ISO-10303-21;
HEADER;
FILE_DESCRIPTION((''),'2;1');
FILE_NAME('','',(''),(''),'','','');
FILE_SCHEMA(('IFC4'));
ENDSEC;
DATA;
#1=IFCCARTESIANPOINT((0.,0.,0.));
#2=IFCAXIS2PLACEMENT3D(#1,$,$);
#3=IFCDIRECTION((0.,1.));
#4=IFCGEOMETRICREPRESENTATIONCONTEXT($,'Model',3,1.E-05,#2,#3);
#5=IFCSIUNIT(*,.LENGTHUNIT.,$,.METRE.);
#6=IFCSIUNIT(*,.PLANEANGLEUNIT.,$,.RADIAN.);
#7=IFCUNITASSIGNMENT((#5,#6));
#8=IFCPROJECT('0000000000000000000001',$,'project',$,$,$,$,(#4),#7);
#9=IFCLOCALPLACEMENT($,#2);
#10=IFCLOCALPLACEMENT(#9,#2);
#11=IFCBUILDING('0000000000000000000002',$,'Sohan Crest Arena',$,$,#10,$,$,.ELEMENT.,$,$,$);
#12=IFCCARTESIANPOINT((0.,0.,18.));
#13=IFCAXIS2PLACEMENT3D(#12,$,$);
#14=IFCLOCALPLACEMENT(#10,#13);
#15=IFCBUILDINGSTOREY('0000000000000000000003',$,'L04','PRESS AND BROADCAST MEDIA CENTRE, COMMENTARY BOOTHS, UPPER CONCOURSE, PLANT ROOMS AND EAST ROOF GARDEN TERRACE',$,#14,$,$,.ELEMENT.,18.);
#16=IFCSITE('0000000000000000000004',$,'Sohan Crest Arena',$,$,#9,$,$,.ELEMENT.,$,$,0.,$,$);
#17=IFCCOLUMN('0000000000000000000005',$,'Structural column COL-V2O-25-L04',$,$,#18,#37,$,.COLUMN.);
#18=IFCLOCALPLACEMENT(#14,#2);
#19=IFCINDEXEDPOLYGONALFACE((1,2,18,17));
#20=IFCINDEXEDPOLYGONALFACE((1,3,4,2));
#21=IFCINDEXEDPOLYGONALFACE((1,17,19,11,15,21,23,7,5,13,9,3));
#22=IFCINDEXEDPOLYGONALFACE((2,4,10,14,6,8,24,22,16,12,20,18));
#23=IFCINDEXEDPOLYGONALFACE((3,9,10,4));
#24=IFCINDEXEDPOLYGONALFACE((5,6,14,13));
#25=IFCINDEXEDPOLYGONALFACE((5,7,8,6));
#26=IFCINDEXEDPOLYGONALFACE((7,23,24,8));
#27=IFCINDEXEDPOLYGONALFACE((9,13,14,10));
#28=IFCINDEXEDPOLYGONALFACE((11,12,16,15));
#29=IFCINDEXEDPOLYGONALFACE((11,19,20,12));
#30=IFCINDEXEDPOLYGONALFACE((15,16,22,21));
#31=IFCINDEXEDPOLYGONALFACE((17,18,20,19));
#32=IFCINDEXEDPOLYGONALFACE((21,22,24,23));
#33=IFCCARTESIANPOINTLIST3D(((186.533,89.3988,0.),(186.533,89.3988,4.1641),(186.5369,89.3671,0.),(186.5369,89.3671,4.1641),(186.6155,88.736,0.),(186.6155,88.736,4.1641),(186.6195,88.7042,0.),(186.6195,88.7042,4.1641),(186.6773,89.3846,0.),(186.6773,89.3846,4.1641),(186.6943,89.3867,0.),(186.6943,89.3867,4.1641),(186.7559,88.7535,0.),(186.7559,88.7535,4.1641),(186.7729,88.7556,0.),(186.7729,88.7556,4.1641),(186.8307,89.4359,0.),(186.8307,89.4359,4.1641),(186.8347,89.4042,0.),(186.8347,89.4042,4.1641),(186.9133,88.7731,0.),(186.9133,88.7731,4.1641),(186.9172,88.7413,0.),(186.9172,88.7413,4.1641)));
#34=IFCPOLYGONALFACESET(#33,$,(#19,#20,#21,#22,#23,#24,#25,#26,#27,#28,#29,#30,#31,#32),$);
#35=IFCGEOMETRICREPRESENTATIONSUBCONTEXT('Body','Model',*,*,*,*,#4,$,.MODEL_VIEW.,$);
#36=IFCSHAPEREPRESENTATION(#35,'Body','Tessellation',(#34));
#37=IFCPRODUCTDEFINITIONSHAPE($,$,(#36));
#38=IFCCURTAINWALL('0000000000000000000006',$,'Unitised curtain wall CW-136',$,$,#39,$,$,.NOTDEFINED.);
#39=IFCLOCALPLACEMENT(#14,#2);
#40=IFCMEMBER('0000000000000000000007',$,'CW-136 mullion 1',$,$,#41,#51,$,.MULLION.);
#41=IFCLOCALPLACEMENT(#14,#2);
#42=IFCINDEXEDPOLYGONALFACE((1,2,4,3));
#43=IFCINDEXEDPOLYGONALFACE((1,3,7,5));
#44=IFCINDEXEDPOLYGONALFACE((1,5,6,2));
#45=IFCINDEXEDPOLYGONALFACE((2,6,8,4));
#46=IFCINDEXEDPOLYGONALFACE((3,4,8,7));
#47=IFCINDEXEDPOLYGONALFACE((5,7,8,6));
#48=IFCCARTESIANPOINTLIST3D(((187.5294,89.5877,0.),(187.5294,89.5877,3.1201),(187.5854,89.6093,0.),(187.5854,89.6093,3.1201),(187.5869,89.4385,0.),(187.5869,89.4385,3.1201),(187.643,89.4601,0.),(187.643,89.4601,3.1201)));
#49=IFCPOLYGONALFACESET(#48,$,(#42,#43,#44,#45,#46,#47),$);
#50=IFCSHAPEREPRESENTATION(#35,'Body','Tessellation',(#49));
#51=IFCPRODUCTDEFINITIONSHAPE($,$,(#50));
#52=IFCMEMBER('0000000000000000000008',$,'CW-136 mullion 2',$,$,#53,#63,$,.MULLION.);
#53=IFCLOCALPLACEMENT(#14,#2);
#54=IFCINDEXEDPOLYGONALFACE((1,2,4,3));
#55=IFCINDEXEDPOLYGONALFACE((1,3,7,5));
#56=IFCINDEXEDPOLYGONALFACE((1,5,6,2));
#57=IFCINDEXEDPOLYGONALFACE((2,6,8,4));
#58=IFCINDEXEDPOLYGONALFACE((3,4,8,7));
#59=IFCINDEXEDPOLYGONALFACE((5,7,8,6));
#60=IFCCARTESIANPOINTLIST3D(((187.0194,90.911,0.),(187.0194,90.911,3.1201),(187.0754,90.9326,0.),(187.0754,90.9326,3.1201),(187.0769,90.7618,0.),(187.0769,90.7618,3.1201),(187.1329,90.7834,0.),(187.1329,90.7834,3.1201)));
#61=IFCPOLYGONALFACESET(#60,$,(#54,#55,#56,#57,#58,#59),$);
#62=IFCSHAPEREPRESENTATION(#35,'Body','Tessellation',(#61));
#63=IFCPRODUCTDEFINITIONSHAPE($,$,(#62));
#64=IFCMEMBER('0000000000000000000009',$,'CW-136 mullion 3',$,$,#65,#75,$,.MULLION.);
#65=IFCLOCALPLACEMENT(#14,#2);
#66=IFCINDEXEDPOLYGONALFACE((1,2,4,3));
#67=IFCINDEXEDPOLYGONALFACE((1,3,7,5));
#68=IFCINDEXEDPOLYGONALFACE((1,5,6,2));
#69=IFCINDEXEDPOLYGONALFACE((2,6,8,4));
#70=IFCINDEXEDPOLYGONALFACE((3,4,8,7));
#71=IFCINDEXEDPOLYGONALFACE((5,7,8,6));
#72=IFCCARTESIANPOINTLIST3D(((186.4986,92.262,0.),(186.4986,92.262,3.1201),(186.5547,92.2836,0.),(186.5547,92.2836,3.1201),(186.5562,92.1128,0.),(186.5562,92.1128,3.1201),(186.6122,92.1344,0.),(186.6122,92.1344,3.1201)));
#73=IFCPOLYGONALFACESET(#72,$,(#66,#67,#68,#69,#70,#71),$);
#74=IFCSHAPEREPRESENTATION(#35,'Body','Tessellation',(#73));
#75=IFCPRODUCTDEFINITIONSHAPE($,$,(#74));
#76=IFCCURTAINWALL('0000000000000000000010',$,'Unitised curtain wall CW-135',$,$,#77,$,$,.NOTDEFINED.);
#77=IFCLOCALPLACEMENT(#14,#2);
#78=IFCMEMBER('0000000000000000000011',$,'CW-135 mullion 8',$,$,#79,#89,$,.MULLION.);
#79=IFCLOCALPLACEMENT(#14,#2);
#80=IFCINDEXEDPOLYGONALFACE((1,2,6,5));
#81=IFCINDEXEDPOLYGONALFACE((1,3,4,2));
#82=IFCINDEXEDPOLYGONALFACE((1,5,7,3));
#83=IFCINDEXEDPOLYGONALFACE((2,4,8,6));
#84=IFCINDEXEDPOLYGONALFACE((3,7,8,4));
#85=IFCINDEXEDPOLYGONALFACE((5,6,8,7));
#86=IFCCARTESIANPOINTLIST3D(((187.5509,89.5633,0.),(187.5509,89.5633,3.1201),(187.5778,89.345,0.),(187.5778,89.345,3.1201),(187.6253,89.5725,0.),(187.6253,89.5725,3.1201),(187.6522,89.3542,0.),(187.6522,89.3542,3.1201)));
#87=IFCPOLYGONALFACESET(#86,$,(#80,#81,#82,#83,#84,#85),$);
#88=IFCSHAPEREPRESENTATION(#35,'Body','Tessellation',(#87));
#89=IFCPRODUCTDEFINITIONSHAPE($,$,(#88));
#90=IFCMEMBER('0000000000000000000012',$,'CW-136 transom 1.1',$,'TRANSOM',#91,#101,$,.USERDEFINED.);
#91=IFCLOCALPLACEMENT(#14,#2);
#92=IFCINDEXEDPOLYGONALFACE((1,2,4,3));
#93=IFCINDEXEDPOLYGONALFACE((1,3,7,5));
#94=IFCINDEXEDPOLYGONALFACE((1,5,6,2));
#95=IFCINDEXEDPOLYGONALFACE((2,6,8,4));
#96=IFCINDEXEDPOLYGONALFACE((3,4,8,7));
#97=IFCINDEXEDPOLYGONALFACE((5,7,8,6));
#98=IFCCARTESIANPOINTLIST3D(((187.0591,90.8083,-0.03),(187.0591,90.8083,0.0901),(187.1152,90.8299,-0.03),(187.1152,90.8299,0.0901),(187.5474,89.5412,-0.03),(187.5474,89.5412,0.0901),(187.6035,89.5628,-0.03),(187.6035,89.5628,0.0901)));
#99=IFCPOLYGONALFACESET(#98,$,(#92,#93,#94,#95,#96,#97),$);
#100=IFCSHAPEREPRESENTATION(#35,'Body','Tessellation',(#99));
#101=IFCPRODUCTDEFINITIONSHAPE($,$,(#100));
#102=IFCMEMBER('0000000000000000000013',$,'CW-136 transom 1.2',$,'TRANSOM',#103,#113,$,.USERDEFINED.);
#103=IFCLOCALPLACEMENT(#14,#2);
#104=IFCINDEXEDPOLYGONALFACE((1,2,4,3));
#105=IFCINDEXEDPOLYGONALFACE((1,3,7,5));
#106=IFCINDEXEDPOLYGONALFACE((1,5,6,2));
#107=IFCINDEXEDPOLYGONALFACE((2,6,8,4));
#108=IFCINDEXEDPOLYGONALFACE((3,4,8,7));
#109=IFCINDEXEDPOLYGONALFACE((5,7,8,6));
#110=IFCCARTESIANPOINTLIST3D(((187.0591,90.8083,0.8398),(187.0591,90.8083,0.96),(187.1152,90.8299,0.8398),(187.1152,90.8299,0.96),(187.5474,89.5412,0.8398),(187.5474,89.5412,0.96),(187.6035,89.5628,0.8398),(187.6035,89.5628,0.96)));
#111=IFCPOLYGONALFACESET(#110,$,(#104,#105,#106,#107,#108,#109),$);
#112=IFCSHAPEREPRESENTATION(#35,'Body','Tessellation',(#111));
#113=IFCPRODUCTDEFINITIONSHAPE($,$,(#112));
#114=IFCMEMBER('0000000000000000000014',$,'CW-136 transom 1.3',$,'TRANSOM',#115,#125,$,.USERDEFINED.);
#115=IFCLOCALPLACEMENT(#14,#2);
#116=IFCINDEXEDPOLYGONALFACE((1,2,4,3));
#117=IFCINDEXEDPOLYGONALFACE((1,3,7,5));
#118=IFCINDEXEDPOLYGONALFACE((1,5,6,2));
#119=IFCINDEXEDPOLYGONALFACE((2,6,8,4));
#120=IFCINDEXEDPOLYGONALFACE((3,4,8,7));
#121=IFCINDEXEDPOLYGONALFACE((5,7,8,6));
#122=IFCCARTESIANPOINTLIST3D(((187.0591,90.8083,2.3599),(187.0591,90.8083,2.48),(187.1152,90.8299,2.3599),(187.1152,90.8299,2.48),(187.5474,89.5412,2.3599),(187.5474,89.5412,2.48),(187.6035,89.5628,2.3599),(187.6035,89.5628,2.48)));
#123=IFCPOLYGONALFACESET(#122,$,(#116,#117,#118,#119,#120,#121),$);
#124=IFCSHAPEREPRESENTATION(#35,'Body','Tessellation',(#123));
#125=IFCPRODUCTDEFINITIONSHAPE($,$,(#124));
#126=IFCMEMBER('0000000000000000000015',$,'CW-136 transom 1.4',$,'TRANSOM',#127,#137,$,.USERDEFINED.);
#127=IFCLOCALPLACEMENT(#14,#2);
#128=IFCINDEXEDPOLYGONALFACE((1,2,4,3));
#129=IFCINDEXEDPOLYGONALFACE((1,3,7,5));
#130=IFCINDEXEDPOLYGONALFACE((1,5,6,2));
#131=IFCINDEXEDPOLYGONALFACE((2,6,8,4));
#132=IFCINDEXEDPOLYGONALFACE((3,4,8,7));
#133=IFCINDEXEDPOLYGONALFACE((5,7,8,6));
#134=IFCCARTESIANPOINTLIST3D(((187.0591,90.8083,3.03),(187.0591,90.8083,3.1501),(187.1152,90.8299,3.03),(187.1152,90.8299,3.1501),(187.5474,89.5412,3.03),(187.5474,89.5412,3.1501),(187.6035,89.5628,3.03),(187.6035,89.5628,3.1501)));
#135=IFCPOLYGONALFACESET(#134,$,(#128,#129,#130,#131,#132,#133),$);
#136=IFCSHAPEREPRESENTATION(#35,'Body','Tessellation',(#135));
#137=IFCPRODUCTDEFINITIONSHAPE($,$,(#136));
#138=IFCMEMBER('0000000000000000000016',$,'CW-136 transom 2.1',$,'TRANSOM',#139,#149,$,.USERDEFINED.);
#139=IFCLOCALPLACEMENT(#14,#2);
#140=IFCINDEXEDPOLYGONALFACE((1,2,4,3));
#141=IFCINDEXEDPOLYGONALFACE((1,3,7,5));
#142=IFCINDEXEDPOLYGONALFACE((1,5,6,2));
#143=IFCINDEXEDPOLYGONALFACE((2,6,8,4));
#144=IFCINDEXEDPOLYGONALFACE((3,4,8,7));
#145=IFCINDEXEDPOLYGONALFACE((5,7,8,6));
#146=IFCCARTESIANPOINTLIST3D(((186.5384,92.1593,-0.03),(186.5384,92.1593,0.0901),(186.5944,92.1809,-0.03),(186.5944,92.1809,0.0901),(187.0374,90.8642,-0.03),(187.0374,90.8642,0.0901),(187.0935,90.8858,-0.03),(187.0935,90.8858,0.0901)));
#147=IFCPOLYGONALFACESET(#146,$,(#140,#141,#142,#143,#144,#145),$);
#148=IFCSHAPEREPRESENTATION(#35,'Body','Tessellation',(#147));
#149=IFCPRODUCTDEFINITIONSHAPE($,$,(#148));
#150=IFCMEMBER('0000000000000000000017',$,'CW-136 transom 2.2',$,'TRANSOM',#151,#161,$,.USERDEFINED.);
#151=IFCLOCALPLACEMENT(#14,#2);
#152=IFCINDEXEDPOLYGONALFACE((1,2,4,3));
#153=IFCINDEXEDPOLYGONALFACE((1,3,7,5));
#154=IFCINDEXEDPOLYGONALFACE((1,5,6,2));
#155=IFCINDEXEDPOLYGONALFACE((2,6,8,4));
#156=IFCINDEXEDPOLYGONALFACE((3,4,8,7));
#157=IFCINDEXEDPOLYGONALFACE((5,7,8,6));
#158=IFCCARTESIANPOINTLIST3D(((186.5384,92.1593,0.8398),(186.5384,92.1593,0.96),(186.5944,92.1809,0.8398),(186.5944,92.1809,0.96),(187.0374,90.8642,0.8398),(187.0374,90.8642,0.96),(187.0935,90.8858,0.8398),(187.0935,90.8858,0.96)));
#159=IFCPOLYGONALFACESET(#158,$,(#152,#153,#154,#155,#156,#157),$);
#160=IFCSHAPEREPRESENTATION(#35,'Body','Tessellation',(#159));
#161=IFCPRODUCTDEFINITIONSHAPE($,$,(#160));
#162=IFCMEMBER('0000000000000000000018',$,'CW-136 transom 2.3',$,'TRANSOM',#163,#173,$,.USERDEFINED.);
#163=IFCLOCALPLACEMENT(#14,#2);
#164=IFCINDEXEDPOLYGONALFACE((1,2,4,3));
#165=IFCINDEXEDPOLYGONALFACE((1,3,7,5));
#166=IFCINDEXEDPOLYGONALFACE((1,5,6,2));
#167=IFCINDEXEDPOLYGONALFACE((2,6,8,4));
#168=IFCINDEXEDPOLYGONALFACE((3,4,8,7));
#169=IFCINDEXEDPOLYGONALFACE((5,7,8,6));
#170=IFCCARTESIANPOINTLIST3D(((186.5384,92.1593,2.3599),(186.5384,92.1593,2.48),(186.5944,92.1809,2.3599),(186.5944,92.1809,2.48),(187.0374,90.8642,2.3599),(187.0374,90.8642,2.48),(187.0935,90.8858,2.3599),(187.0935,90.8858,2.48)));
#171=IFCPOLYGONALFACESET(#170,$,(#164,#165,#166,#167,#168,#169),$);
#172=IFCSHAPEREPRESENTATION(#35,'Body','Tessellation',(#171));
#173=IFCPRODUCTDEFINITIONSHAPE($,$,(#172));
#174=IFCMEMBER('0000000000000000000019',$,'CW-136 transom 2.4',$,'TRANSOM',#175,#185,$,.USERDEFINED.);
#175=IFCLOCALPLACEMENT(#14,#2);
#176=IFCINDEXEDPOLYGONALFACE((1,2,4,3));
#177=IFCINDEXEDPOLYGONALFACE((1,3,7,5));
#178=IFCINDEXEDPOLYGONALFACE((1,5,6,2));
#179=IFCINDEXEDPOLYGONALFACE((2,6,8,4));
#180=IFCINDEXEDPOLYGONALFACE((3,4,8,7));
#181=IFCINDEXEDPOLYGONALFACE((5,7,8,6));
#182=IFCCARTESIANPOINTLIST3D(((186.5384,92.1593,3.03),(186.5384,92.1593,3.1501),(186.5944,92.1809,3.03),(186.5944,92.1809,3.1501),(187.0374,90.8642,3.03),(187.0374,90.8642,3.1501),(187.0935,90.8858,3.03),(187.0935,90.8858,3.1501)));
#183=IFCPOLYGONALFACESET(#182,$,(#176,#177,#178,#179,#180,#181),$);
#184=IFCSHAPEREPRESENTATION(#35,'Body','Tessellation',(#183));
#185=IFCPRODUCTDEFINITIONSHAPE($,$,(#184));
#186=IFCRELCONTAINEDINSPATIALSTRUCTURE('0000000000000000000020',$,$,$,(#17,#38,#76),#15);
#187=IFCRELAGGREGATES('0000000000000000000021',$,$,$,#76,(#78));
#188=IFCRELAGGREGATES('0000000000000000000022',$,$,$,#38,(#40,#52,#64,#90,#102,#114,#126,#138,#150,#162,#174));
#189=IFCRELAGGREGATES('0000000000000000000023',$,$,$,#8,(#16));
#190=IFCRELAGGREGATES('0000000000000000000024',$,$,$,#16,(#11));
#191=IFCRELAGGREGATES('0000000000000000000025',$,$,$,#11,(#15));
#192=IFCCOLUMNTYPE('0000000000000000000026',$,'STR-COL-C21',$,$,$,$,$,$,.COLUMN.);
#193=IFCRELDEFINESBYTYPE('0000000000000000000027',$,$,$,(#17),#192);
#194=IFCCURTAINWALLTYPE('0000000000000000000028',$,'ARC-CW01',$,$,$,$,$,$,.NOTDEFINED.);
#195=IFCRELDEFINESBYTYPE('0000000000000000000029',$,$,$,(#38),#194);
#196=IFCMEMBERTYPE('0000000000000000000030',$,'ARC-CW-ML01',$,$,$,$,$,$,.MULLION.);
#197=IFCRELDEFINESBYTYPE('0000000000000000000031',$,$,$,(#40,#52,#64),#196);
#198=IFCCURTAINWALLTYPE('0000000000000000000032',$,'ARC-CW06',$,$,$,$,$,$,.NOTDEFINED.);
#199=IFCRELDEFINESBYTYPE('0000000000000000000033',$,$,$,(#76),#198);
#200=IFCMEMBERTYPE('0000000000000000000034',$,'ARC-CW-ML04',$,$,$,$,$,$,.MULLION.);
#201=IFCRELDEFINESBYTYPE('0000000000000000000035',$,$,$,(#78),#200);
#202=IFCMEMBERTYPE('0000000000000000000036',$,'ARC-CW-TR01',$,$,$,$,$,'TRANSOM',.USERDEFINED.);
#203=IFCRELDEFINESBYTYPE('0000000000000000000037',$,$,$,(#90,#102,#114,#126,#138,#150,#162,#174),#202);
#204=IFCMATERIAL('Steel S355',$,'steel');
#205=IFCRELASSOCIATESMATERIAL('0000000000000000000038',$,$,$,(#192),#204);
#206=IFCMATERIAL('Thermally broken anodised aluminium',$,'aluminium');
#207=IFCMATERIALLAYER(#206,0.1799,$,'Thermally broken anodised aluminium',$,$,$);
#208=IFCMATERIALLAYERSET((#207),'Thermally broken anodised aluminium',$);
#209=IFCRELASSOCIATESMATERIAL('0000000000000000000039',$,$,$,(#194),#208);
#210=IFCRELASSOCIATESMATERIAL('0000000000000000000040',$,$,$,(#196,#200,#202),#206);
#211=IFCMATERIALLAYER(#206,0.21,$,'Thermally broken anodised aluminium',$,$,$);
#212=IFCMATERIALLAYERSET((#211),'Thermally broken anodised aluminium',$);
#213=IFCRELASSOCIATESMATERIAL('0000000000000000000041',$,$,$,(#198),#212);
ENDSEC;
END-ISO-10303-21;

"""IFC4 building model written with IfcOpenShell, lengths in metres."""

from ifc_helpers import new_model, si_unit, direction, frame, origin, origin_2d, place, context, subcontext, project, spatial, rectangle, i_section, extrude, material, layer, layer_set, material_profile, profile_set, type_object, element, aggregate, save


model = new_model("IFC4")

# Units and contexts
model_context = context("Model", 3, precision=1e-05, world=origin(), true_north=direction((0.0, 1.0)))
body_context = subcontext(model_context, "Body", "Model", "MODEL_VIEW")
ifc_project = project(units=[si_unit("LENGTHUNIT", "METRE"), si_unit("PLANEANGLEUNIT", "RADIAN")], contexts=[model_context])

# Site, building, storey
site_placement = place(None, origin())
site = spatial("IfcSite", under=ifc_project, at=site_placement, Name="Sohan Crest Arena", CompositionType="ELEMENT", RefElevation=0.0)
building_placement = place(site_placement, origin())
building = spatial("IfcBuilding", under=site, at=building_placement, Name="Sohan Crest Arena", CompositionType="ELEMENT")
storey_placement = place(building_placement, frame((0.0, 0.0, 18.0)))
storey = spatial("IfcBuildingStorey", under=building, at=storey_placement, Name="L04", Description="PRESS AND BROADCAST MEDIA CENTRE, COMMENTARY BOOTHS, UPPER CONCOURSE, PLANT ROOMS AND EAST ROOF GARDEN TERRACE", CompositionType="ELEMENT", Elevation=18.0)

# Column
ifc_material_1 = material(Name="Steel S355", Category="steel")
ifc_material_profile_1 = material_profile(ifc_material_1, i_section(OverallWidth=0.3, OverallDepth=0.7, WebThickness=0.0171, FlangeThickness=0.032, at=origin_2d()), Name="HEB 700")
ifc_profile_set_1 = profile_set([ifc_material_profile_1], Name="Steel S355")
column_type = type_object("IfcColumnType", Name="STR-COL-C21", PredefinedType="COLUMN", material=ifc_profile_set_1)
column_placement = place(storey_placement, frame((186.7251, 89.0701, 0.0), z_axis=(0.0, 0.0, 1.0), x_axis=(0.992332, 0.123601, 0.0)))
element("IfcColumn", 1, at=column_placement, inside=storey, type_object=column_type, Name="Structural column COL-V2O-25-L04", PredefinedType="COLUMN", context=body_context, shape_type="SweptSolid", body=[
    extrude(i_section(OverallWidth=0.3, OverallDepth=0.7, WebThickness=0.0171, FlangeThickness=0.032, at=origin_2d()), origin(), (0.0, 0.0, 1.0), 4.1641),
])

# Curtain wall, members
ifc_material_2 = material(Name="Thermally broken anodised aluminium", Category="aluminium")
ifc_layer_1 = layer(ifc_material_2, 0.1799, Name="Thermally broken anodised aluminium")
ifc_layer_set_1 = layer_set([ifc_layer_1], Name="Thermally broken anodised aluminium")
curtain_wall_type_1 = type_object("IfcCurtainWallType", Name="ARC-CW01", PredefinedType="NOTDEFINED", material=ifc_layer_set_1)
curtain_wall_1_placement = place(storey_placement, origin())
curtain_wall_1 = element("IfcCurtainWall", 2, at=curtain_wall_1_placement, inside=storey, type_object=curtain_wall_type_1, Name="Unitised curtain wall CW-136", PredefinedType="NOTDEFINED")
ifc_material_profile_2 = material_profile(ifc_material_2, rectangle(XDim=0.0601, YDim=0.1599, at=origin_2d()), Name="ALU-MULL 60x160")
ifc_profile_set_2 = profile_set([ifc_material_profile_2], Name="Thermally broken anodised aluminium")
member_type_1 = type_object("IfcMemberType", Name="ARC-CW-ML01", PredefinedType="MULLION", material=ifc_profile_set_2)
member_1_placement = place(storey_placement, frame((187.5862, 89.5239, 0.0), z_axis=(0.0, 0.0, 1.0), x_axis=(-0.933094, -0.359633, 0.0)))
member_1 = element("IfcMember", 3, at=member_1_placement, type_object=member_type_1, Name="CW-136 mullion 1", PredefinedType="MULLION", context=body_context, shape_type="SweptSolid", body=[
    extrude(rectangle(XDim=0.0601, YDim=0.1599, at=origin_2d()), origin(), (0.0, 0.0, 1.0), 3.1201),
])
member_2_placement = place(storey_placement, frame((187.0762, 90.8472, 0.0), z_axis=(0.0, 0.0, 1.0), x_axis=(-0.933094, -0.359633, 0.0)))
member_2 = element("IfcMember", 4, at=member_2_placement, type_object=member_type_1, Name="CW-136 mullion 2", PredefinedType="MULLION", context=body_context, shape_type="SweptSolid", body=[
    extrude(rectangle(XDim=0.0601, YDim=0.1599, at=origin_2d()), origin(), (0.0, 0.0, 1.0), 3.1201),
])
member_3_placement = place(storey_placement, frame((186.5554, 92.1982, 0.0), z_axis=(0.0, 0.0, 1.0), x_axis=(-0.933094, -0.359633, 0.0)))
member_3 = element("IfcMember", 5, at=member_3_placement, type_object=member_type_1, Name="CW-136 mullion 3", PredefinedType="MULLION", context=body_context, shape_type="SweptSolid", body=[
    extrude(rectangle(XDim=0.0601, YDim=0.1599, at=origin_2d()), origin(), (0.0, 0.0, 1.0), 3.1201),
])

# Curtain wall, member
ifc_layer_2 = layer(ifc_material_2, 0.21, Name="Thermally broken anodised aluminium")
ifc_layer_set_2 = layer_set([ifc_layer_2], Name="Thermally broken anodised aluminium")
curtain_wall_type_2 = type_object("IfcCurtainWallType", Name="ARC-CW06", PredefinedType="NOTDEFINED", material=ifc_layer_set_2)
curtain_wall_2_placement = place(storey_placement, origin())
curtain_wall_2 = element("IfcCurtainWall", 6, at=curtain_wall_2_placement, inside=storey, type_object=curtain_wall_type_2, Name="Unitised curtain wall CW-135", PredefinedType="NOTDEFINED")
ifc_material_profile_3 = material_profile(ifc_material_2, rectangle(XDim=0.075, YDim=0.22, at=origin_2d()), Name="ALU-MULL 75x220")
ifc_profile_set_3 = profile_set([ifc_material_profile_3], Name="Thermally broken anodised aluminium")
member_type_2 = type_object("IfcMemberType", Name="ARC-CW-ML04", PredefinedType="MULLION", material=ifc_profile_set_3)
member_4_placement = place(storey_placement, frame((187.6016, 89.4587, 0.0), z_axis=(0.0, 0.0, 1.0), x_axis=(-0.992489, -0.122334, 0.0)))
member_4 = element("IfcMember", 7, at=member_4_placement, type_object=member_type_2, Name="CW-135 mullion 8", PredefinedType="MULLION", context=body_context, shape_type="SweptSolid", body=[
    extrude(rectangle(XDim=0.075, YDim=0.22, at=origin_2d()), origin(), (0.0, 0.0, 1.0), 3.1201),
])
aggregate(curtain_wall_2, [member_4])

# Members
ifc_material_profile_4 = material_profile(ifc_material_2, rectangle(XDim=0.0601, YDim=0.1201, at=origin_2d()), Name="ALU-TRAN 60x120")
ifc_profile_set_4 = profile_set([ifc_material_profile_4], Name="Thermally broken anodised aluminium")
member_type_3 = type_object("IfcMemberType", Name="ARC-CW-TR01", ElementType="TRANSOM", PredefinedType="USERDEFINED", material=ifc_profile_set_4)
member_5_placement = place(storey_placement, frame((187.5754, 89.552, 0.03), z_axis=(-0.359581, 0.933114, 0.0), x_axis=(-0.933114, -0.359581, 0.0)))
member_5 = element("IfcMember", 8, at=member_5_placement, type_object=member_type_3, Name="CW-136 transom 1.1", ObjectType="TRANSOM", PredefinedType="USERDEFINED", context=body_context, shape_type="SweptSolid", body=[
    extrude(rectangle(XDim=0.0601, YDim=0.1201, at=origin_2d()), origin(), (0.0, 0.0, 1.0), 1.3579),
])
member_6_placement = place(storey_placement, frame((187.5754, 89.552, 0.8999), z_axis=(-0.359581, 0.933114, 0.0), x_axis=(-0.933114, -0.359581, 0.0)))
member_6 = element("IfcMember", 9, at=member_6_placement, type_object=member_type_3, Name="CW-136 transom 1.2", ObjectType="TRANSOM", PredefinedType="USERDEFINED", context=body_context, shape_type="SweptSolid", body=[
    extrude(rectangle(XDim=0.0601, YDim=0.1201, at=origin_2d()), origin(), (0.0, 0.0, 1.0), 1.3579),
])
member_7_placement = place(storey_placement, frame((187.5754, 89.552, 2.4199), z_axis=(-0.359581, 0.933114, 0.0), x_axis=(-0.933114, -0.359581, 0.0)))
member_7 = element("IfcMember", 10, at=member_7_placement, type_object=member_type_3, Name="CW-136 transom 1.3", ObjectType="TRANSOM", PredefinedType="USERDEFINED", context=body_context, shape_type="SweptSolid", body=[
    extrude(rectangle(XDim=0.0601, YDim=0.1201, at=origin_2d()), origin(), (0.0, 0.0, 1.0), 1.3579),
])
member_8_placement = place(storey_placement, frame((187.5754, 89.552, 3.0901), z_axis=(-0.359581, 0.933114, 0.0), x_axis=(-0.933114, -0.359581, 0.0)))
member_8 = element("IfcMember", 11, at=member_8_placement, type_object=member_type_3, Name="CW-136 transom 1.4", ObjectType="TRANSOM", PredefinedType="USERDEFINED", context=body_context, shape_type="SweptSolid", body=[
    extrude(rectangle(XDim=0.0601, YDim=0.1201, at=origin_2d()), origin(), (0.0, 0.0, 1.0), 1.3579),
])
member_9_placement = place(storey_placement, frame((187.0654, 90.875, 0.03), z_axis=(-0.359533, 0.933132, 0.0), x_axis=(-0.933132, -0.359533, 0.0)))
member_9 = element("IfcMember", 12, at=member_9_placement, type_object=member_type_3, Name="CW-136 transom 2.1", ObjectType="TRANSOM", PredefinedType="USERDEFINED", context=body_context, shape_type="SweptSolid", body=[
    extrude(rectangle(XDim=0.0601, YDim=0.1201, at=origin_2d()), origin(), (0.0, 0.0, 1.0), 1.3879),
])
member_10_placement = place(storey_placement, frame((187.0654, 90.875, 0.8999), z_axis=(-0.359533, 0.933132, 0.0), x_axis=(-0.933132, -0.359533, 0.0)))
member_10 = element("IfcMember", 13, at=member_10_placement, type_object=member_type_3, Name="CW-136 transom 2.2", ObjectType="TRANSOM", PredefinedType="USERDEFINED", context=body_context, shape_type="SweptSolid", body=[
    extrude(rectangle(XDim=0.0601, YDim=0.1201, at=origin_2d()), origin(), (0.0, 0.0, 1.0), 1.3879),
])
member_11_placement = place(storey_placement, frame((187.0654, 90.875, 2.4199), z_axis=(-0.359533, 0.933132, 0.0), x_axis=(-0.933132, -0.359533, 0.0)))
member_11 = element("IfcMember", 14, at=member_11_placement, type_object=member_type_3, Name="CW-136 transom 2.3", ObjectType="TRANSOM", PredefinedType="USERDEFINED", context=body_context, shape_type="SweptSolid", body=[
    extrude(rectangle(XDim=0.0601, YDim=0.1201, at=origin_2d()), origin(), (0.0, 0.0, 1.0), 1.3879),
])
member_12_placement = place(storey_placement, frame((187.0654, 90.875, 3.0901), z_axis=(-0.359533, 0.933132, 0.0), x_axis=(-0.933132, -0.359533, 0.0)))
member_12 = element("IfcMember", 15, at=member_12_placement, type_object=member_type_3, Name="CW-136 transom 2.4", ObjectType="TRANSOM", PredefinedType="USERDEFINED", context=body_context, shape_type="SweptSolid", body=[
    extrude(rectangle(XDim=0.0601, YDim=0.1201, at=origin_2d()), origin(), (0.0, 0.0, 1.0), 1.3879),
])

aggregate(curtain_wall_1, [member_1, member_2, member_3, member_5, member_6, member_7, member_8, member_9, member_10, member_11, member_12])

save(model, "model.ifc")
